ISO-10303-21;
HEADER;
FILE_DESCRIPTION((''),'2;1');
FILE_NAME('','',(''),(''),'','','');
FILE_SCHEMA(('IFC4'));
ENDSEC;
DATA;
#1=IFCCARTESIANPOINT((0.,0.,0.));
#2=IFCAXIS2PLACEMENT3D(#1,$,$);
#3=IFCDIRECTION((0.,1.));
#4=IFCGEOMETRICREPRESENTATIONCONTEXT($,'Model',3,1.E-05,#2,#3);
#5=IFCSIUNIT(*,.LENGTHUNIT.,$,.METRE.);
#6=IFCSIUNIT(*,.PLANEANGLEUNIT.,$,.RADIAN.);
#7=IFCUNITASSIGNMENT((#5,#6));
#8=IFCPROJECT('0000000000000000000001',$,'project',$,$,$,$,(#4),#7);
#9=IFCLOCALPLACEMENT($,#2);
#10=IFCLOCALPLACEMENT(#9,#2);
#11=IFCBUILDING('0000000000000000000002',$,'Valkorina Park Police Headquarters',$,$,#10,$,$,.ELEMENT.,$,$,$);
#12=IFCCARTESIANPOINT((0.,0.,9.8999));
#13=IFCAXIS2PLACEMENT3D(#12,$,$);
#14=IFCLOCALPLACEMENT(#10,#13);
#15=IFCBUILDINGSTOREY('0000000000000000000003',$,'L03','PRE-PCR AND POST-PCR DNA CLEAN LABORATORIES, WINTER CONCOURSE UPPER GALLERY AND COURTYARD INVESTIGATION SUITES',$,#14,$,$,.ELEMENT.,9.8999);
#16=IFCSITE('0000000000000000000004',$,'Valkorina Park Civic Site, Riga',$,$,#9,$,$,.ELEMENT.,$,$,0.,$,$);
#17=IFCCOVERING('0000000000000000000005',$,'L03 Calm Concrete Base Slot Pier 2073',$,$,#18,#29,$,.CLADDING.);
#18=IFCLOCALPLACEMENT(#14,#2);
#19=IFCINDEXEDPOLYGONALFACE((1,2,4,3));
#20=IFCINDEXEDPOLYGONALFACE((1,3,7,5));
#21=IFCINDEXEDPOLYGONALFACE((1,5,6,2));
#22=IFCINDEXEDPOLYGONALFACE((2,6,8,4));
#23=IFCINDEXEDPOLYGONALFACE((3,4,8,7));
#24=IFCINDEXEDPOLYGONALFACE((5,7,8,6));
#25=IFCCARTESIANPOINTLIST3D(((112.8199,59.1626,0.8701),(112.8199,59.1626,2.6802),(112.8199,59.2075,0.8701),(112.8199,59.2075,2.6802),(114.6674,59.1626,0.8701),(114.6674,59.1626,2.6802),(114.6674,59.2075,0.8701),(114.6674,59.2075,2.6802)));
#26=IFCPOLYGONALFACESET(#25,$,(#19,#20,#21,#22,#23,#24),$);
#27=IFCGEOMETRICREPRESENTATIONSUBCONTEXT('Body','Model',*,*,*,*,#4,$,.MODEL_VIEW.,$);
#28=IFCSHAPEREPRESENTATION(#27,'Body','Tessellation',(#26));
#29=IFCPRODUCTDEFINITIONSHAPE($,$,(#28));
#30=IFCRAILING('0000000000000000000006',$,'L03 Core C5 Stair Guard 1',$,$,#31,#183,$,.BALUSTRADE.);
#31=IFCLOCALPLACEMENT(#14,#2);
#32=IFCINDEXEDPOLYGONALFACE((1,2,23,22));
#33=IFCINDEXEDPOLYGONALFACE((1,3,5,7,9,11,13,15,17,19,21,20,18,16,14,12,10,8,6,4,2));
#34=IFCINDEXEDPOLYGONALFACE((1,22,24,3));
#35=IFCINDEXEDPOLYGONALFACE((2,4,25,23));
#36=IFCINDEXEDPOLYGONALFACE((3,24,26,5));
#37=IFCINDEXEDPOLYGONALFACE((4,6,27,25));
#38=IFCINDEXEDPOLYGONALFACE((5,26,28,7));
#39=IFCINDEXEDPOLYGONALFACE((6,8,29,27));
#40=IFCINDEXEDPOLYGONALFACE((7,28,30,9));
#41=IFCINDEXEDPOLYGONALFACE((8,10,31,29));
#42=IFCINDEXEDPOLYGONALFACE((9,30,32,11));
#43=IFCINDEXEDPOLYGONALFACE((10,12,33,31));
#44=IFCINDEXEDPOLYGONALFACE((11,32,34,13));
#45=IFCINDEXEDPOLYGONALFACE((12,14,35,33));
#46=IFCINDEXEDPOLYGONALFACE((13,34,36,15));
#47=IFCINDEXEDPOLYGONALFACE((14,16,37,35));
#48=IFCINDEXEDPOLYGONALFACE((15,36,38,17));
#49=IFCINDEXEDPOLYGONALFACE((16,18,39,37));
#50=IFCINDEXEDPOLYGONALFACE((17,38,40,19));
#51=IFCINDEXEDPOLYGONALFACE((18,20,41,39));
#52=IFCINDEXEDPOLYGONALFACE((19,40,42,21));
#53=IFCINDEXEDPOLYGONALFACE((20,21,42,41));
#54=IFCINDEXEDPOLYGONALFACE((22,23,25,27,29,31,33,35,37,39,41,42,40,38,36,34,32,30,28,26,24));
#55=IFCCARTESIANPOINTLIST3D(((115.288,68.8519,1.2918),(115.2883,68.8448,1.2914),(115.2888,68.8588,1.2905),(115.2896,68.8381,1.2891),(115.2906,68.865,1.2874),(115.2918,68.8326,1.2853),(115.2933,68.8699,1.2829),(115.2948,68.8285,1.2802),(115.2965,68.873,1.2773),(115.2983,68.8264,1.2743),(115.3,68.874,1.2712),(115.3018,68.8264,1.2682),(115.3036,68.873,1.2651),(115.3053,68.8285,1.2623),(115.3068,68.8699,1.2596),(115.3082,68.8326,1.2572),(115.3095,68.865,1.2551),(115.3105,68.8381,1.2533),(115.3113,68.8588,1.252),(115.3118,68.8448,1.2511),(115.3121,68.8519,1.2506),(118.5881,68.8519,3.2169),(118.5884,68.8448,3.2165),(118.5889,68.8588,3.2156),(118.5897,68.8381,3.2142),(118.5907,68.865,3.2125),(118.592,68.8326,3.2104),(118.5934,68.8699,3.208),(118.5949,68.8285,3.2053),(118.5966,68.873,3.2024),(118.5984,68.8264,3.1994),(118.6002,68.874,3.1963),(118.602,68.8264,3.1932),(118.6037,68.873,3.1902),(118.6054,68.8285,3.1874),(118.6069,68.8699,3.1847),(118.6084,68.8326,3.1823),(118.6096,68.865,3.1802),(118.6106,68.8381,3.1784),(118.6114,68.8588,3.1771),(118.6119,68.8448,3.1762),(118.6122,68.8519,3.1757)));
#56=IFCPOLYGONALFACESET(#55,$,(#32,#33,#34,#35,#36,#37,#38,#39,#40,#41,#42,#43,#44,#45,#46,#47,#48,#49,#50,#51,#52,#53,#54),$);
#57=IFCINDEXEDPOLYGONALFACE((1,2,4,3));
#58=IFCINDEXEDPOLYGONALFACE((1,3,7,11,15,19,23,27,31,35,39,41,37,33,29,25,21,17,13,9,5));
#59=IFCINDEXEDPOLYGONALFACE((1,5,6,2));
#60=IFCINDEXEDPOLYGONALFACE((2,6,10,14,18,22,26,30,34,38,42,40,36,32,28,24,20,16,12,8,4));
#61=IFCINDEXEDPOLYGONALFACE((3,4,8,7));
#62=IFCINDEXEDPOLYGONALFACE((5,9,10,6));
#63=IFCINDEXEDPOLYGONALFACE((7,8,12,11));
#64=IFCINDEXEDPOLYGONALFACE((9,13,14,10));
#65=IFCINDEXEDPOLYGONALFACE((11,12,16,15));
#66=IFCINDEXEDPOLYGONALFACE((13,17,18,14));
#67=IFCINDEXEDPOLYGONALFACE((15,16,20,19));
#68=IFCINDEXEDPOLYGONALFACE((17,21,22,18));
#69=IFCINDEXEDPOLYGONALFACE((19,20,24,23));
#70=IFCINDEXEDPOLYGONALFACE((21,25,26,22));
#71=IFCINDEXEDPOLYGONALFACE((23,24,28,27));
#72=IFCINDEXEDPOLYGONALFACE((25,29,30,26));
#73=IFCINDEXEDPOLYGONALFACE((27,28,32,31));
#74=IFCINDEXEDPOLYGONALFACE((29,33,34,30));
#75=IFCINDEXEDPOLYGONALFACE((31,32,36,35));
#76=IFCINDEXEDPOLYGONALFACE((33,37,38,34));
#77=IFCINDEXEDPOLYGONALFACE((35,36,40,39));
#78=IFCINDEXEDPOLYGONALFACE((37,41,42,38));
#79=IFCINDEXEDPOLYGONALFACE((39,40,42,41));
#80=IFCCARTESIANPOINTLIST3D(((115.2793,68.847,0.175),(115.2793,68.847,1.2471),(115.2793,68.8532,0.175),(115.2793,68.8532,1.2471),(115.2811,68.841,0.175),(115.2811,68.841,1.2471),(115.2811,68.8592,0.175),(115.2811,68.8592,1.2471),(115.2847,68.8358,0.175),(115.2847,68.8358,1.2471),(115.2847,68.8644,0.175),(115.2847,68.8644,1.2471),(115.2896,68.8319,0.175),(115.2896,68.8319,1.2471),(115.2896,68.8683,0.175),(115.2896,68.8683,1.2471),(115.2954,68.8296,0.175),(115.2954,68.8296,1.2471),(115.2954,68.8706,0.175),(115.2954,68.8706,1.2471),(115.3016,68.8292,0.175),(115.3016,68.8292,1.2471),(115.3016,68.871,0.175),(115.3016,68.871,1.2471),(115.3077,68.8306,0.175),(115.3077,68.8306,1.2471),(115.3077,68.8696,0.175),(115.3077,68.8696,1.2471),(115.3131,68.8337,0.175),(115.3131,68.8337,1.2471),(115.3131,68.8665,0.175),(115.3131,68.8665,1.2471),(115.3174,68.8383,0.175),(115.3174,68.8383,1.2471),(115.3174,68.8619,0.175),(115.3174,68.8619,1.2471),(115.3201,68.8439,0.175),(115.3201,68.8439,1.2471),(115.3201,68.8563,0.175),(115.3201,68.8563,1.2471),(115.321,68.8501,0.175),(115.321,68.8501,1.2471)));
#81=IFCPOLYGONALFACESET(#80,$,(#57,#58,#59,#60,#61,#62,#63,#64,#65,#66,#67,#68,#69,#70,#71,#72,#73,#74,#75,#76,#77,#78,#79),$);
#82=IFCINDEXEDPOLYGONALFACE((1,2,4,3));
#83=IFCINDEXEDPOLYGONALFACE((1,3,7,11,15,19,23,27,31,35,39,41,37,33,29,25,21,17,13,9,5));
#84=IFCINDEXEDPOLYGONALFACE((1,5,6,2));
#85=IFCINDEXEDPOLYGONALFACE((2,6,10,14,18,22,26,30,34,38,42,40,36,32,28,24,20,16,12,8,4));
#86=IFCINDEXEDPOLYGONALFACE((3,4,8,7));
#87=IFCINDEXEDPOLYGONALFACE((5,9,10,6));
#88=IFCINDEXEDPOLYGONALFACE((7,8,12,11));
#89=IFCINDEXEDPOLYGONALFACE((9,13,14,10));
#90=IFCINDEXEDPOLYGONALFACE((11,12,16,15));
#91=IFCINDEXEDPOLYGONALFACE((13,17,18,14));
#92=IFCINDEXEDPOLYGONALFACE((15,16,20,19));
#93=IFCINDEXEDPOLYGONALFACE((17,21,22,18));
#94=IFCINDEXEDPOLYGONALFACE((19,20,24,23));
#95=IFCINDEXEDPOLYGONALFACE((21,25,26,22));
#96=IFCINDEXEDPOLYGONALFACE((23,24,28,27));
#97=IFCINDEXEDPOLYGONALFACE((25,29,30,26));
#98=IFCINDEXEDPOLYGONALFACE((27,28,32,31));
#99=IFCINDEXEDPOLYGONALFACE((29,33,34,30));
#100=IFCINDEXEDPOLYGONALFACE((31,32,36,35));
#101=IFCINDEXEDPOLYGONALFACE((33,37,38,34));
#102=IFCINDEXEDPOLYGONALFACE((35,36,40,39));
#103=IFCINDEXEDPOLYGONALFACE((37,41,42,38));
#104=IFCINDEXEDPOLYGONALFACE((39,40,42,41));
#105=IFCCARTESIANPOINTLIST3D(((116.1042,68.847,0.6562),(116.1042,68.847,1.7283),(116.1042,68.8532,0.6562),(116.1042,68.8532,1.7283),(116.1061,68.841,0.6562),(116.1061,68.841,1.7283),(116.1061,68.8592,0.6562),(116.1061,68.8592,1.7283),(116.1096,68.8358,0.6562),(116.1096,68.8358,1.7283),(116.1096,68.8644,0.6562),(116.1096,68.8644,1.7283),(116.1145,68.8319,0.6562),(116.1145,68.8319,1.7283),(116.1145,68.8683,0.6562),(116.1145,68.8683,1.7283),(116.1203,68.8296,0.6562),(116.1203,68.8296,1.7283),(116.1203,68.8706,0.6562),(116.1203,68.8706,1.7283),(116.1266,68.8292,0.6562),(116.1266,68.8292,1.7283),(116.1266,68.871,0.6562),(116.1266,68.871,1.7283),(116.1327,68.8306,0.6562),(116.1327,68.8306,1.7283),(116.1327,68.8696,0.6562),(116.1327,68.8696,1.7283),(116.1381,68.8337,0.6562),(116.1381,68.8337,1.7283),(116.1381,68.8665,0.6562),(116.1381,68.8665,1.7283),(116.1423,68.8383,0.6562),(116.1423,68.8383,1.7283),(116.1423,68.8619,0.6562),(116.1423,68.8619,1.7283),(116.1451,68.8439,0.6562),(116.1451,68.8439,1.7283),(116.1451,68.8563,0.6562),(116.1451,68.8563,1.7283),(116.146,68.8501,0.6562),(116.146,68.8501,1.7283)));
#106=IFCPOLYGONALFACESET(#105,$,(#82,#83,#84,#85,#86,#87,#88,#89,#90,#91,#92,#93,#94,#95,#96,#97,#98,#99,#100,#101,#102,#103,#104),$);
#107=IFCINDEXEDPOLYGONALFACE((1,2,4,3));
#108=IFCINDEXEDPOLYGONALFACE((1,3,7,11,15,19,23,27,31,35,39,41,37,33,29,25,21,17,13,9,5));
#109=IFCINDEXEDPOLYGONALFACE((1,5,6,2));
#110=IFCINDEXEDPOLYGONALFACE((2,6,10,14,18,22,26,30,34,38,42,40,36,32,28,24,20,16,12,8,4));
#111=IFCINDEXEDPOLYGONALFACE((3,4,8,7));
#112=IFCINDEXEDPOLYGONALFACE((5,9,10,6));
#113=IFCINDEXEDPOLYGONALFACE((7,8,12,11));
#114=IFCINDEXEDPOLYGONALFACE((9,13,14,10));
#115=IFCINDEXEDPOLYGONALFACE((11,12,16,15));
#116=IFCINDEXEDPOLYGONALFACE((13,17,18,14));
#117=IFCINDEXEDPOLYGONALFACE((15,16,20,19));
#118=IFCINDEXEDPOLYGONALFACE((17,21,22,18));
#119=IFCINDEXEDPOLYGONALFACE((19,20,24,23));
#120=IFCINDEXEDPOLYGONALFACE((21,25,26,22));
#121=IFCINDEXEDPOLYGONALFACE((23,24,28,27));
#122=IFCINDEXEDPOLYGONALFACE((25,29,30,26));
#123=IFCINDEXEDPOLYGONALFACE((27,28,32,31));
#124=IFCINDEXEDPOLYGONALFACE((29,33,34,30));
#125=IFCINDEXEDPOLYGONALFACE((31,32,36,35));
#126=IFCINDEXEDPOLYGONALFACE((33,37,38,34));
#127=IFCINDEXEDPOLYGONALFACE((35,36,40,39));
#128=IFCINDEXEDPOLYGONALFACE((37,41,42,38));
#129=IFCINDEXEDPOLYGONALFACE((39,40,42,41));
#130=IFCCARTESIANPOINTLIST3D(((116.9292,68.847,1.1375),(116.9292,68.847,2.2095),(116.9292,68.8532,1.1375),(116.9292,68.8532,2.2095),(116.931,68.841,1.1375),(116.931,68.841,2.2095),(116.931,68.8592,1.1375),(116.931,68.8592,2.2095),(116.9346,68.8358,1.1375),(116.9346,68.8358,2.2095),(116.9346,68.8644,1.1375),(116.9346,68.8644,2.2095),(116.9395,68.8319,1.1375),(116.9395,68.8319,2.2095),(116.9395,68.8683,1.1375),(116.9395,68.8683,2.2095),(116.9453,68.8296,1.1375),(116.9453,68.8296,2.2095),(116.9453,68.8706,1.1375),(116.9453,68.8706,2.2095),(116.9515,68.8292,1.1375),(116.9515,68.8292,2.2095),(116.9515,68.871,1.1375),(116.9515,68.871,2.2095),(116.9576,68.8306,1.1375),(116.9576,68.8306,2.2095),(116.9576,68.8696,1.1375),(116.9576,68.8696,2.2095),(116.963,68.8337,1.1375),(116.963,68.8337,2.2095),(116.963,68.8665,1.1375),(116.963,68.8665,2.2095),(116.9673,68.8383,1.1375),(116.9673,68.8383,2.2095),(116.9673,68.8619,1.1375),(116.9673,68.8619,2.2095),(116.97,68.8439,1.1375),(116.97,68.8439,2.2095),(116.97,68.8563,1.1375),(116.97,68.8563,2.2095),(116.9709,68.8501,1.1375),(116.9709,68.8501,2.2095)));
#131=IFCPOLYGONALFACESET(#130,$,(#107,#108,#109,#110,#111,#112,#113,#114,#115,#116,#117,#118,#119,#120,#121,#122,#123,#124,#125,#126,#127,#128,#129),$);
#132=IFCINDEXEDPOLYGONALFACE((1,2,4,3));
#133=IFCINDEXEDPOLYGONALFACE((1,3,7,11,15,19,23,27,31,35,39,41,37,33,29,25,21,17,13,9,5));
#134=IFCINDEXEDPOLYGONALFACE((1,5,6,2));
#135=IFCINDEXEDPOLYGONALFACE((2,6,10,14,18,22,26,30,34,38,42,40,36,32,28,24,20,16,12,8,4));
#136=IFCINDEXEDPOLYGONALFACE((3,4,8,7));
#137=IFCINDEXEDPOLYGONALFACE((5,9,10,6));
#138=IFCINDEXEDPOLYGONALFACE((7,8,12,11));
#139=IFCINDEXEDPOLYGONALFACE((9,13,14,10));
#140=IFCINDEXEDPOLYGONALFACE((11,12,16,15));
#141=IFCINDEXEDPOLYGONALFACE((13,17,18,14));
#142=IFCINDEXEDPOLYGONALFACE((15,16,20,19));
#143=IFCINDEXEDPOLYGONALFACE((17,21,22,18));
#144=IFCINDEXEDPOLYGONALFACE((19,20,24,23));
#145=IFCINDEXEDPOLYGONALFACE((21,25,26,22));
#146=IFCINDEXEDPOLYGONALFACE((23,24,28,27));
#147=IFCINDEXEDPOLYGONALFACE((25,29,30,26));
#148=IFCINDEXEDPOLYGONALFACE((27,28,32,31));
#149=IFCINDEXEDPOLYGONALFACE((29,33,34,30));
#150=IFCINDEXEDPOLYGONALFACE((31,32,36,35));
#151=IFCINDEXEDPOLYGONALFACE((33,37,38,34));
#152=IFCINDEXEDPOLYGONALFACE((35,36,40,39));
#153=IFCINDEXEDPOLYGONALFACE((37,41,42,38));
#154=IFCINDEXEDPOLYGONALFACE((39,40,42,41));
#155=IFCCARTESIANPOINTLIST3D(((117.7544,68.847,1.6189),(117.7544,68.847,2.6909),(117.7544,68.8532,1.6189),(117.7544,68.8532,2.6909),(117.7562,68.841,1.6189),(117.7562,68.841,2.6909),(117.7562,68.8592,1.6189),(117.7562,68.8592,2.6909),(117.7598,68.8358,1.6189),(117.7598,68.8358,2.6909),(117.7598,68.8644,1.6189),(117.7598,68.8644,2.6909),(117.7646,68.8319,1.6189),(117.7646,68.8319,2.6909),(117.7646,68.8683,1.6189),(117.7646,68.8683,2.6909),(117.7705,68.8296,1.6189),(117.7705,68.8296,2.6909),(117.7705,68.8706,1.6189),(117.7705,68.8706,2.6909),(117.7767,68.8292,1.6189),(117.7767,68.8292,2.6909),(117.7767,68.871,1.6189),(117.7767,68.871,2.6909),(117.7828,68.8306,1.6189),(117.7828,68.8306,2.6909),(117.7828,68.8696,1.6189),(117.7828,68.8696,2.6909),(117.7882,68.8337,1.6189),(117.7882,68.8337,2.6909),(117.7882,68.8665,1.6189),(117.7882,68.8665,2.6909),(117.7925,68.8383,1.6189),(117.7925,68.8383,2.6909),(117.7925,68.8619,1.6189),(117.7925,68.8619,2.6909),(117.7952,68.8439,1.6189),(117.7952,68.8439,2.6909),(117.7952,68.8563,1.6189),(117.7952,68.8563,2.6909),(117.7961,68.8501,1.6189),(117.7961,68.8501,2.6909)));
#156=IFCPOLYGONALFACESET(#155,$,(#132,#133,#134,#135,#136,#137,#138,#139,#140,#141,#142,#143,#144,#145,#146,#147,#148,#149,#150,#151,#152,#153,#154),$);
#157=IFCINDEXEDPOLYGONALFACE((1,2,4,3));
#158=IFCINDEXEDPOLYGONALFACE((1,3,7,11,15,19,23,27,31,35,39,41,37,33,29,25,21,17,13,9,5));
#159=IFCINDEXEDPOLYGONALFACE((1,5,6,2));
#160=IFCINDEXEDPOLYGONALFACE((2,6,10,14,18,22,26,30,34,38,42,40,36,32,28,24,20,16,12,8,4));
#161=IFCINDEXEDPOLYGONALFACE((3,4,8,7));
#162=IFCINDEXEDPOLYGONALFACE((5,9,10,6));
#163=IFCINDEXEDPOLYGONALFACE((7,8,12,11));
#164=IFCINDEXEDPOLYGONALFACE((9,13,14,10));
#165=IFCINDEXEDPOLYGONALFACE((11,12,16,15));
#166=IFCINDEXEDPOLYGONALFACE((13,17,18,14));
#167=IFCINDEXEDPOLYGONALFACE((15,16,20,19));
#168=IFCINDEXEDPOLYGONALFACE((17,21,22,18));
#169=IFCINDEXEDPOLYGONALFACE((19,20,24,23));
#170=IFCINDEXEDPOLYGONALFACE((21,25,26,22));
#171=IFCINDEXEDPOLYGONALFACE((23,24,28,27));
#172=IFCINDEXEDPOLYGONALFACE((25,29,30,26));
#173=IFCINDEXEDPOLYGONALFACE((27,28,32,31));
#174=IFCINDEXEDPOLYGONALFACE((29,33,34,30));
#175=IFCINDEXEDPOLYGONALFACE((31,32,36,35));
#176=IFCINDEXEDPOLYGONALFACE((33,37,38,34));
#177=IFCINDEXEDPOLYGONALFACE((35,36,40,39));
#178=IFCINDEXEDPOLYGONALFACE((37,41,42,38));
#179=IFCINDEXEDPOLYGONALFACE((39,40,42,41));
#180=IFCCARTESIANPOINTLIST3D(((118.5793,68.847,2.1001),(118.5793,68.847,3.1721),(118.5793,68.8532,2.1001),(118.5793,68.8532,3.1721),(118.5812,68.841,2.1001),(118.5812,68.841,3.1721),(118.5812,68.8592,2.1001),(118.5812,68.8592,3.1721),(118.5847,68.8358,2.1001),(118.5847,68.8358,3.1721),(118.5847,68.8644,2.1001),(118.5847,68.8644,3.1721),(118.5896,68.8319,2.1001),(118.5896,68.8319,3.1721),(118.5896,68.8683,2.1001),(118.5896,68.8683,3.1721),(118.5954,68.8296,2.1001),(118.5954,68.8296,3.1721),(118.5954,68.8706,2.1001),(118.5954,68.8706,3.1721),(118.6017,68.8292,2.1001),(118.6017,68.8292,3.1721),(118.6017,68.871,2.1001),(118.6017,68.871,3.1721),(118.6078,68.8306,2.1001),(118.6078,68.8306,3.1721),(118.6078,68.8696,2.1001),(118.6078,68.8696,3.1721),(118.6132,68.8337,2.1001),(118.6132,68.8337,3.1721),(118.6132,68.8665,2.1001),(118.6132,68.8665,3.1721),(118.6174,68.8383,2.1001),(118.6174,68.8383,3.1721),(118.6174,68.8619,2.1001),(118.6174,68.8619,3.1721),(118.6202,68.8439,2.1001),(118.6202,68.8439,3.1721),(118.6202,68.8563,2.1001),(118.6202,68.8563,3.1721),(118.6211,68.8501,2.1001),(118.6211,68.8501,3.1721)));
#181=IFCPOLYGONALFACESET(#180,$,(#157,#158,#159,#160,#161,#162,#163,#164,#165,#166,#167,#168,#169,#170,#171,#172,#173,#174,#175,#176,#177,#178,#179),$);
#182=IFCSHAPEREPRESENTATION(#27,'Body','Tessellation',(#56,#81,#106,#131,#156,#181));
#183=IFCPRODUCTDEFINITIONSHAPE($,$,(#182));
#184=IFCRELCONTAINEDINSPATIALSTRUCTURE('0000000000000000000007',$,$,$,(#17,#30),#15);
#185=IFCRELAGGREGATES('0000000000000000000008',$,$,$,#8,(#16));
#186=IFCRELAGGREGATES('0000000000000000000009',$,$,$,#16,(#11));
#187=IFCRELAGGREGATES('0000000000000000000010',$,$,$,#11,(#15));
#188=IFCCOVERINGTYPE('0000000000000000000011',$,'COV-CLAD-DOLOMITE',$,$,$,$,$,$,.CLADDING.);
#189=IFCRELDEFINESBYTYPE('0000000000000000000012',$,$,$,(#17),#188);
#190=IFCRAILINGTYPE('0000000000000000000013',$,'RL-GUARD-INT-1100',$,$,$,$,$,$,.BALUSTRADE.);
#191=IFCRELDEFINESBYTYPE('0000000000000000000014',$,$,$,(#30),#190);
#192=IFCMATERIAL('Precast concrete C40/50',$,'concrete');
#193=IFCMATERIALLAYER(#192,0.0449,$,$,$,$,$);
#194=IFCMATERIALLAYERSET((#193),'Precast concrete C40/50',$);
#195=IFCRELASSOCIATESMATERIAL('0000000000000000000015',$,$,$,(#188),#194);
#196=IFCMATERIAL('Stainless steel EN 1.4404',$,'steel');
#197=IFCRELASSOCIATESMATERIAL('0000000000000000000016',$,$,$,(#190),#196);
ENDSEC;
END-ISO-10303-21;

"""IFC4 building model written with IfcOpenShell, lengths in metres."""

from ifc_helpers import new_model, si_unit, direction, frame, frame_2d, origin, origin_2d, place, context, subcontext, project, spatial, rectangle, circle, extrude, material, layer, layer_set, type_object, element, save


model = new_model("IFC4")

# Units and contexts
model_context = context("Model", 3, precision=1e-05, world=origin(), true_north=direction((0.0, 1.0)))
body_context = subcontext(model_context, "Body", "Model", "MODEL_VIEW")
ifc_project = project(units=[si_unit("LENGTHUNIT", "METRE"), si_unit("PLANEANGLEUNIT", "RADIAN")], contexts=[model_context])

# Site, building, storey
site_placement = place(None, origin())
site = spatial("IfcSite", under=ifc_project, at=site_placement, Name="Valkorina Park Civic Site, Riga", CompositionType="ELEMENT", RefElevation=0.0)
building_placement = place(site_placement, origin())
building = spatial("IfcBuilding", under=site, at=building_placement, Name="Valkorina Park Police Headquarters", CompositionType="ELEMENT")
storey_placement = place(building_placement, frame((0.0, 0.0, 9.8999)))
storey = spatial("IfcBuildingStorey", under=building, at=storey_placement, Name="L03", Description="PRE-PCR AND POST-PCR DNA CLEAN LABORATORIES, WINTER CONCOURSE UPPER GALLERY AND COURTYARD INVESTIGATION SUITES", CompositionType="ELEMENT", Elevation=9.8999)

# Covering
ifc_material_1 = material(Name="Precast concrete C40/50", Category="concrete")
ifc_layer_1 = layer(ifc_material_1, 0.0449)
ifc_layer_set_1 = layer_set([ifc_layer_1], Name="Precast concrete C40/50")
covering_type = type_object("IfcCoveringType", Name="COV-CLAD-DOLOMITE", PredefinedType="CLADDING", material=ifc_layer_set_1)
covering_1_placement = place(storey_placement, frame((114.6675, 59.1851, 0.8701), z_axis=(0.0, 0.0, 1.0), x_axis=(-1.0, 0.0, 0.0)))
element("IfcCovering", 1, at=covering_1_placement, inside=storey, type_object=covering_type, Name="L03 Calm Concrete Base Slot Pier 2073", PredefinedType="CLADDING", context=body_context, shape_type="SweptSolid", body=[
    extrude(rectangle(XDim=1.8474, YDim=0.0449, at=frame_2d((0.9238, 0.0))), origin(), (0.0, 0.0, 1.0), 1.8101),
])

# Railing
ifc_material_2 = material(Name="Stainless steel EN 1.4404", Category="steel")
railing_type_1 = type_object("IfcRailingType", Name="RL-GUARD-INT-1100", PredefinedType="BALUSTRADE", material=ifc_material_2)
railing_1_placement = place(storey_placement, frame((115.3, 68.8501, 0.175)))
element("IfcRailing", 2, at=railing_1_placement, inside=storey, type_object=railing_type_1, Name="L03 Core C5 Stair Guard 1", PredefinedType="BALUSTRADE", context=body_context, shape_type="SweptSolid", body=[
    extrude(circle(Radius=0.0239, at=origin_2d()), frame((0.0, 0.0, 1.0962), z_axis=(0.863777, 0.0, 0.503875), x_axis=(0.0, 1.0, 0.0)), (0.0, 0.0, 1.0), 3.8206),
    extrude(circle(Radius=0.021, at=origin_2d()), origin(), (0.0, 0.0, 1.0), 1.072),
    extrude(circle(Radius=0.021, at=origin_2d()), frame((0.825, 0.0, 0.4812)), (0.0, 0.0, 1.0), 1.072),
    extrude(circle(Radius=0.021, at=origin_2d()), frame((1.6499, 0.0, 0.9624)), (0.0, 0.0, 1.0), 1.072),
    extrude(circle(Radius=0.021, at=origin_2d()), frame((2.4751, 0.0, 1.4438)), (0.0, 0.0, 1.0), 1.072),
    extrude(circle(Radius=0.021, at=origin_2d()), frame((3.3, 0.0, 1.925)), (0.0, 0.0, 1.0), 1.072),
])

save(model, "model.ifc")
